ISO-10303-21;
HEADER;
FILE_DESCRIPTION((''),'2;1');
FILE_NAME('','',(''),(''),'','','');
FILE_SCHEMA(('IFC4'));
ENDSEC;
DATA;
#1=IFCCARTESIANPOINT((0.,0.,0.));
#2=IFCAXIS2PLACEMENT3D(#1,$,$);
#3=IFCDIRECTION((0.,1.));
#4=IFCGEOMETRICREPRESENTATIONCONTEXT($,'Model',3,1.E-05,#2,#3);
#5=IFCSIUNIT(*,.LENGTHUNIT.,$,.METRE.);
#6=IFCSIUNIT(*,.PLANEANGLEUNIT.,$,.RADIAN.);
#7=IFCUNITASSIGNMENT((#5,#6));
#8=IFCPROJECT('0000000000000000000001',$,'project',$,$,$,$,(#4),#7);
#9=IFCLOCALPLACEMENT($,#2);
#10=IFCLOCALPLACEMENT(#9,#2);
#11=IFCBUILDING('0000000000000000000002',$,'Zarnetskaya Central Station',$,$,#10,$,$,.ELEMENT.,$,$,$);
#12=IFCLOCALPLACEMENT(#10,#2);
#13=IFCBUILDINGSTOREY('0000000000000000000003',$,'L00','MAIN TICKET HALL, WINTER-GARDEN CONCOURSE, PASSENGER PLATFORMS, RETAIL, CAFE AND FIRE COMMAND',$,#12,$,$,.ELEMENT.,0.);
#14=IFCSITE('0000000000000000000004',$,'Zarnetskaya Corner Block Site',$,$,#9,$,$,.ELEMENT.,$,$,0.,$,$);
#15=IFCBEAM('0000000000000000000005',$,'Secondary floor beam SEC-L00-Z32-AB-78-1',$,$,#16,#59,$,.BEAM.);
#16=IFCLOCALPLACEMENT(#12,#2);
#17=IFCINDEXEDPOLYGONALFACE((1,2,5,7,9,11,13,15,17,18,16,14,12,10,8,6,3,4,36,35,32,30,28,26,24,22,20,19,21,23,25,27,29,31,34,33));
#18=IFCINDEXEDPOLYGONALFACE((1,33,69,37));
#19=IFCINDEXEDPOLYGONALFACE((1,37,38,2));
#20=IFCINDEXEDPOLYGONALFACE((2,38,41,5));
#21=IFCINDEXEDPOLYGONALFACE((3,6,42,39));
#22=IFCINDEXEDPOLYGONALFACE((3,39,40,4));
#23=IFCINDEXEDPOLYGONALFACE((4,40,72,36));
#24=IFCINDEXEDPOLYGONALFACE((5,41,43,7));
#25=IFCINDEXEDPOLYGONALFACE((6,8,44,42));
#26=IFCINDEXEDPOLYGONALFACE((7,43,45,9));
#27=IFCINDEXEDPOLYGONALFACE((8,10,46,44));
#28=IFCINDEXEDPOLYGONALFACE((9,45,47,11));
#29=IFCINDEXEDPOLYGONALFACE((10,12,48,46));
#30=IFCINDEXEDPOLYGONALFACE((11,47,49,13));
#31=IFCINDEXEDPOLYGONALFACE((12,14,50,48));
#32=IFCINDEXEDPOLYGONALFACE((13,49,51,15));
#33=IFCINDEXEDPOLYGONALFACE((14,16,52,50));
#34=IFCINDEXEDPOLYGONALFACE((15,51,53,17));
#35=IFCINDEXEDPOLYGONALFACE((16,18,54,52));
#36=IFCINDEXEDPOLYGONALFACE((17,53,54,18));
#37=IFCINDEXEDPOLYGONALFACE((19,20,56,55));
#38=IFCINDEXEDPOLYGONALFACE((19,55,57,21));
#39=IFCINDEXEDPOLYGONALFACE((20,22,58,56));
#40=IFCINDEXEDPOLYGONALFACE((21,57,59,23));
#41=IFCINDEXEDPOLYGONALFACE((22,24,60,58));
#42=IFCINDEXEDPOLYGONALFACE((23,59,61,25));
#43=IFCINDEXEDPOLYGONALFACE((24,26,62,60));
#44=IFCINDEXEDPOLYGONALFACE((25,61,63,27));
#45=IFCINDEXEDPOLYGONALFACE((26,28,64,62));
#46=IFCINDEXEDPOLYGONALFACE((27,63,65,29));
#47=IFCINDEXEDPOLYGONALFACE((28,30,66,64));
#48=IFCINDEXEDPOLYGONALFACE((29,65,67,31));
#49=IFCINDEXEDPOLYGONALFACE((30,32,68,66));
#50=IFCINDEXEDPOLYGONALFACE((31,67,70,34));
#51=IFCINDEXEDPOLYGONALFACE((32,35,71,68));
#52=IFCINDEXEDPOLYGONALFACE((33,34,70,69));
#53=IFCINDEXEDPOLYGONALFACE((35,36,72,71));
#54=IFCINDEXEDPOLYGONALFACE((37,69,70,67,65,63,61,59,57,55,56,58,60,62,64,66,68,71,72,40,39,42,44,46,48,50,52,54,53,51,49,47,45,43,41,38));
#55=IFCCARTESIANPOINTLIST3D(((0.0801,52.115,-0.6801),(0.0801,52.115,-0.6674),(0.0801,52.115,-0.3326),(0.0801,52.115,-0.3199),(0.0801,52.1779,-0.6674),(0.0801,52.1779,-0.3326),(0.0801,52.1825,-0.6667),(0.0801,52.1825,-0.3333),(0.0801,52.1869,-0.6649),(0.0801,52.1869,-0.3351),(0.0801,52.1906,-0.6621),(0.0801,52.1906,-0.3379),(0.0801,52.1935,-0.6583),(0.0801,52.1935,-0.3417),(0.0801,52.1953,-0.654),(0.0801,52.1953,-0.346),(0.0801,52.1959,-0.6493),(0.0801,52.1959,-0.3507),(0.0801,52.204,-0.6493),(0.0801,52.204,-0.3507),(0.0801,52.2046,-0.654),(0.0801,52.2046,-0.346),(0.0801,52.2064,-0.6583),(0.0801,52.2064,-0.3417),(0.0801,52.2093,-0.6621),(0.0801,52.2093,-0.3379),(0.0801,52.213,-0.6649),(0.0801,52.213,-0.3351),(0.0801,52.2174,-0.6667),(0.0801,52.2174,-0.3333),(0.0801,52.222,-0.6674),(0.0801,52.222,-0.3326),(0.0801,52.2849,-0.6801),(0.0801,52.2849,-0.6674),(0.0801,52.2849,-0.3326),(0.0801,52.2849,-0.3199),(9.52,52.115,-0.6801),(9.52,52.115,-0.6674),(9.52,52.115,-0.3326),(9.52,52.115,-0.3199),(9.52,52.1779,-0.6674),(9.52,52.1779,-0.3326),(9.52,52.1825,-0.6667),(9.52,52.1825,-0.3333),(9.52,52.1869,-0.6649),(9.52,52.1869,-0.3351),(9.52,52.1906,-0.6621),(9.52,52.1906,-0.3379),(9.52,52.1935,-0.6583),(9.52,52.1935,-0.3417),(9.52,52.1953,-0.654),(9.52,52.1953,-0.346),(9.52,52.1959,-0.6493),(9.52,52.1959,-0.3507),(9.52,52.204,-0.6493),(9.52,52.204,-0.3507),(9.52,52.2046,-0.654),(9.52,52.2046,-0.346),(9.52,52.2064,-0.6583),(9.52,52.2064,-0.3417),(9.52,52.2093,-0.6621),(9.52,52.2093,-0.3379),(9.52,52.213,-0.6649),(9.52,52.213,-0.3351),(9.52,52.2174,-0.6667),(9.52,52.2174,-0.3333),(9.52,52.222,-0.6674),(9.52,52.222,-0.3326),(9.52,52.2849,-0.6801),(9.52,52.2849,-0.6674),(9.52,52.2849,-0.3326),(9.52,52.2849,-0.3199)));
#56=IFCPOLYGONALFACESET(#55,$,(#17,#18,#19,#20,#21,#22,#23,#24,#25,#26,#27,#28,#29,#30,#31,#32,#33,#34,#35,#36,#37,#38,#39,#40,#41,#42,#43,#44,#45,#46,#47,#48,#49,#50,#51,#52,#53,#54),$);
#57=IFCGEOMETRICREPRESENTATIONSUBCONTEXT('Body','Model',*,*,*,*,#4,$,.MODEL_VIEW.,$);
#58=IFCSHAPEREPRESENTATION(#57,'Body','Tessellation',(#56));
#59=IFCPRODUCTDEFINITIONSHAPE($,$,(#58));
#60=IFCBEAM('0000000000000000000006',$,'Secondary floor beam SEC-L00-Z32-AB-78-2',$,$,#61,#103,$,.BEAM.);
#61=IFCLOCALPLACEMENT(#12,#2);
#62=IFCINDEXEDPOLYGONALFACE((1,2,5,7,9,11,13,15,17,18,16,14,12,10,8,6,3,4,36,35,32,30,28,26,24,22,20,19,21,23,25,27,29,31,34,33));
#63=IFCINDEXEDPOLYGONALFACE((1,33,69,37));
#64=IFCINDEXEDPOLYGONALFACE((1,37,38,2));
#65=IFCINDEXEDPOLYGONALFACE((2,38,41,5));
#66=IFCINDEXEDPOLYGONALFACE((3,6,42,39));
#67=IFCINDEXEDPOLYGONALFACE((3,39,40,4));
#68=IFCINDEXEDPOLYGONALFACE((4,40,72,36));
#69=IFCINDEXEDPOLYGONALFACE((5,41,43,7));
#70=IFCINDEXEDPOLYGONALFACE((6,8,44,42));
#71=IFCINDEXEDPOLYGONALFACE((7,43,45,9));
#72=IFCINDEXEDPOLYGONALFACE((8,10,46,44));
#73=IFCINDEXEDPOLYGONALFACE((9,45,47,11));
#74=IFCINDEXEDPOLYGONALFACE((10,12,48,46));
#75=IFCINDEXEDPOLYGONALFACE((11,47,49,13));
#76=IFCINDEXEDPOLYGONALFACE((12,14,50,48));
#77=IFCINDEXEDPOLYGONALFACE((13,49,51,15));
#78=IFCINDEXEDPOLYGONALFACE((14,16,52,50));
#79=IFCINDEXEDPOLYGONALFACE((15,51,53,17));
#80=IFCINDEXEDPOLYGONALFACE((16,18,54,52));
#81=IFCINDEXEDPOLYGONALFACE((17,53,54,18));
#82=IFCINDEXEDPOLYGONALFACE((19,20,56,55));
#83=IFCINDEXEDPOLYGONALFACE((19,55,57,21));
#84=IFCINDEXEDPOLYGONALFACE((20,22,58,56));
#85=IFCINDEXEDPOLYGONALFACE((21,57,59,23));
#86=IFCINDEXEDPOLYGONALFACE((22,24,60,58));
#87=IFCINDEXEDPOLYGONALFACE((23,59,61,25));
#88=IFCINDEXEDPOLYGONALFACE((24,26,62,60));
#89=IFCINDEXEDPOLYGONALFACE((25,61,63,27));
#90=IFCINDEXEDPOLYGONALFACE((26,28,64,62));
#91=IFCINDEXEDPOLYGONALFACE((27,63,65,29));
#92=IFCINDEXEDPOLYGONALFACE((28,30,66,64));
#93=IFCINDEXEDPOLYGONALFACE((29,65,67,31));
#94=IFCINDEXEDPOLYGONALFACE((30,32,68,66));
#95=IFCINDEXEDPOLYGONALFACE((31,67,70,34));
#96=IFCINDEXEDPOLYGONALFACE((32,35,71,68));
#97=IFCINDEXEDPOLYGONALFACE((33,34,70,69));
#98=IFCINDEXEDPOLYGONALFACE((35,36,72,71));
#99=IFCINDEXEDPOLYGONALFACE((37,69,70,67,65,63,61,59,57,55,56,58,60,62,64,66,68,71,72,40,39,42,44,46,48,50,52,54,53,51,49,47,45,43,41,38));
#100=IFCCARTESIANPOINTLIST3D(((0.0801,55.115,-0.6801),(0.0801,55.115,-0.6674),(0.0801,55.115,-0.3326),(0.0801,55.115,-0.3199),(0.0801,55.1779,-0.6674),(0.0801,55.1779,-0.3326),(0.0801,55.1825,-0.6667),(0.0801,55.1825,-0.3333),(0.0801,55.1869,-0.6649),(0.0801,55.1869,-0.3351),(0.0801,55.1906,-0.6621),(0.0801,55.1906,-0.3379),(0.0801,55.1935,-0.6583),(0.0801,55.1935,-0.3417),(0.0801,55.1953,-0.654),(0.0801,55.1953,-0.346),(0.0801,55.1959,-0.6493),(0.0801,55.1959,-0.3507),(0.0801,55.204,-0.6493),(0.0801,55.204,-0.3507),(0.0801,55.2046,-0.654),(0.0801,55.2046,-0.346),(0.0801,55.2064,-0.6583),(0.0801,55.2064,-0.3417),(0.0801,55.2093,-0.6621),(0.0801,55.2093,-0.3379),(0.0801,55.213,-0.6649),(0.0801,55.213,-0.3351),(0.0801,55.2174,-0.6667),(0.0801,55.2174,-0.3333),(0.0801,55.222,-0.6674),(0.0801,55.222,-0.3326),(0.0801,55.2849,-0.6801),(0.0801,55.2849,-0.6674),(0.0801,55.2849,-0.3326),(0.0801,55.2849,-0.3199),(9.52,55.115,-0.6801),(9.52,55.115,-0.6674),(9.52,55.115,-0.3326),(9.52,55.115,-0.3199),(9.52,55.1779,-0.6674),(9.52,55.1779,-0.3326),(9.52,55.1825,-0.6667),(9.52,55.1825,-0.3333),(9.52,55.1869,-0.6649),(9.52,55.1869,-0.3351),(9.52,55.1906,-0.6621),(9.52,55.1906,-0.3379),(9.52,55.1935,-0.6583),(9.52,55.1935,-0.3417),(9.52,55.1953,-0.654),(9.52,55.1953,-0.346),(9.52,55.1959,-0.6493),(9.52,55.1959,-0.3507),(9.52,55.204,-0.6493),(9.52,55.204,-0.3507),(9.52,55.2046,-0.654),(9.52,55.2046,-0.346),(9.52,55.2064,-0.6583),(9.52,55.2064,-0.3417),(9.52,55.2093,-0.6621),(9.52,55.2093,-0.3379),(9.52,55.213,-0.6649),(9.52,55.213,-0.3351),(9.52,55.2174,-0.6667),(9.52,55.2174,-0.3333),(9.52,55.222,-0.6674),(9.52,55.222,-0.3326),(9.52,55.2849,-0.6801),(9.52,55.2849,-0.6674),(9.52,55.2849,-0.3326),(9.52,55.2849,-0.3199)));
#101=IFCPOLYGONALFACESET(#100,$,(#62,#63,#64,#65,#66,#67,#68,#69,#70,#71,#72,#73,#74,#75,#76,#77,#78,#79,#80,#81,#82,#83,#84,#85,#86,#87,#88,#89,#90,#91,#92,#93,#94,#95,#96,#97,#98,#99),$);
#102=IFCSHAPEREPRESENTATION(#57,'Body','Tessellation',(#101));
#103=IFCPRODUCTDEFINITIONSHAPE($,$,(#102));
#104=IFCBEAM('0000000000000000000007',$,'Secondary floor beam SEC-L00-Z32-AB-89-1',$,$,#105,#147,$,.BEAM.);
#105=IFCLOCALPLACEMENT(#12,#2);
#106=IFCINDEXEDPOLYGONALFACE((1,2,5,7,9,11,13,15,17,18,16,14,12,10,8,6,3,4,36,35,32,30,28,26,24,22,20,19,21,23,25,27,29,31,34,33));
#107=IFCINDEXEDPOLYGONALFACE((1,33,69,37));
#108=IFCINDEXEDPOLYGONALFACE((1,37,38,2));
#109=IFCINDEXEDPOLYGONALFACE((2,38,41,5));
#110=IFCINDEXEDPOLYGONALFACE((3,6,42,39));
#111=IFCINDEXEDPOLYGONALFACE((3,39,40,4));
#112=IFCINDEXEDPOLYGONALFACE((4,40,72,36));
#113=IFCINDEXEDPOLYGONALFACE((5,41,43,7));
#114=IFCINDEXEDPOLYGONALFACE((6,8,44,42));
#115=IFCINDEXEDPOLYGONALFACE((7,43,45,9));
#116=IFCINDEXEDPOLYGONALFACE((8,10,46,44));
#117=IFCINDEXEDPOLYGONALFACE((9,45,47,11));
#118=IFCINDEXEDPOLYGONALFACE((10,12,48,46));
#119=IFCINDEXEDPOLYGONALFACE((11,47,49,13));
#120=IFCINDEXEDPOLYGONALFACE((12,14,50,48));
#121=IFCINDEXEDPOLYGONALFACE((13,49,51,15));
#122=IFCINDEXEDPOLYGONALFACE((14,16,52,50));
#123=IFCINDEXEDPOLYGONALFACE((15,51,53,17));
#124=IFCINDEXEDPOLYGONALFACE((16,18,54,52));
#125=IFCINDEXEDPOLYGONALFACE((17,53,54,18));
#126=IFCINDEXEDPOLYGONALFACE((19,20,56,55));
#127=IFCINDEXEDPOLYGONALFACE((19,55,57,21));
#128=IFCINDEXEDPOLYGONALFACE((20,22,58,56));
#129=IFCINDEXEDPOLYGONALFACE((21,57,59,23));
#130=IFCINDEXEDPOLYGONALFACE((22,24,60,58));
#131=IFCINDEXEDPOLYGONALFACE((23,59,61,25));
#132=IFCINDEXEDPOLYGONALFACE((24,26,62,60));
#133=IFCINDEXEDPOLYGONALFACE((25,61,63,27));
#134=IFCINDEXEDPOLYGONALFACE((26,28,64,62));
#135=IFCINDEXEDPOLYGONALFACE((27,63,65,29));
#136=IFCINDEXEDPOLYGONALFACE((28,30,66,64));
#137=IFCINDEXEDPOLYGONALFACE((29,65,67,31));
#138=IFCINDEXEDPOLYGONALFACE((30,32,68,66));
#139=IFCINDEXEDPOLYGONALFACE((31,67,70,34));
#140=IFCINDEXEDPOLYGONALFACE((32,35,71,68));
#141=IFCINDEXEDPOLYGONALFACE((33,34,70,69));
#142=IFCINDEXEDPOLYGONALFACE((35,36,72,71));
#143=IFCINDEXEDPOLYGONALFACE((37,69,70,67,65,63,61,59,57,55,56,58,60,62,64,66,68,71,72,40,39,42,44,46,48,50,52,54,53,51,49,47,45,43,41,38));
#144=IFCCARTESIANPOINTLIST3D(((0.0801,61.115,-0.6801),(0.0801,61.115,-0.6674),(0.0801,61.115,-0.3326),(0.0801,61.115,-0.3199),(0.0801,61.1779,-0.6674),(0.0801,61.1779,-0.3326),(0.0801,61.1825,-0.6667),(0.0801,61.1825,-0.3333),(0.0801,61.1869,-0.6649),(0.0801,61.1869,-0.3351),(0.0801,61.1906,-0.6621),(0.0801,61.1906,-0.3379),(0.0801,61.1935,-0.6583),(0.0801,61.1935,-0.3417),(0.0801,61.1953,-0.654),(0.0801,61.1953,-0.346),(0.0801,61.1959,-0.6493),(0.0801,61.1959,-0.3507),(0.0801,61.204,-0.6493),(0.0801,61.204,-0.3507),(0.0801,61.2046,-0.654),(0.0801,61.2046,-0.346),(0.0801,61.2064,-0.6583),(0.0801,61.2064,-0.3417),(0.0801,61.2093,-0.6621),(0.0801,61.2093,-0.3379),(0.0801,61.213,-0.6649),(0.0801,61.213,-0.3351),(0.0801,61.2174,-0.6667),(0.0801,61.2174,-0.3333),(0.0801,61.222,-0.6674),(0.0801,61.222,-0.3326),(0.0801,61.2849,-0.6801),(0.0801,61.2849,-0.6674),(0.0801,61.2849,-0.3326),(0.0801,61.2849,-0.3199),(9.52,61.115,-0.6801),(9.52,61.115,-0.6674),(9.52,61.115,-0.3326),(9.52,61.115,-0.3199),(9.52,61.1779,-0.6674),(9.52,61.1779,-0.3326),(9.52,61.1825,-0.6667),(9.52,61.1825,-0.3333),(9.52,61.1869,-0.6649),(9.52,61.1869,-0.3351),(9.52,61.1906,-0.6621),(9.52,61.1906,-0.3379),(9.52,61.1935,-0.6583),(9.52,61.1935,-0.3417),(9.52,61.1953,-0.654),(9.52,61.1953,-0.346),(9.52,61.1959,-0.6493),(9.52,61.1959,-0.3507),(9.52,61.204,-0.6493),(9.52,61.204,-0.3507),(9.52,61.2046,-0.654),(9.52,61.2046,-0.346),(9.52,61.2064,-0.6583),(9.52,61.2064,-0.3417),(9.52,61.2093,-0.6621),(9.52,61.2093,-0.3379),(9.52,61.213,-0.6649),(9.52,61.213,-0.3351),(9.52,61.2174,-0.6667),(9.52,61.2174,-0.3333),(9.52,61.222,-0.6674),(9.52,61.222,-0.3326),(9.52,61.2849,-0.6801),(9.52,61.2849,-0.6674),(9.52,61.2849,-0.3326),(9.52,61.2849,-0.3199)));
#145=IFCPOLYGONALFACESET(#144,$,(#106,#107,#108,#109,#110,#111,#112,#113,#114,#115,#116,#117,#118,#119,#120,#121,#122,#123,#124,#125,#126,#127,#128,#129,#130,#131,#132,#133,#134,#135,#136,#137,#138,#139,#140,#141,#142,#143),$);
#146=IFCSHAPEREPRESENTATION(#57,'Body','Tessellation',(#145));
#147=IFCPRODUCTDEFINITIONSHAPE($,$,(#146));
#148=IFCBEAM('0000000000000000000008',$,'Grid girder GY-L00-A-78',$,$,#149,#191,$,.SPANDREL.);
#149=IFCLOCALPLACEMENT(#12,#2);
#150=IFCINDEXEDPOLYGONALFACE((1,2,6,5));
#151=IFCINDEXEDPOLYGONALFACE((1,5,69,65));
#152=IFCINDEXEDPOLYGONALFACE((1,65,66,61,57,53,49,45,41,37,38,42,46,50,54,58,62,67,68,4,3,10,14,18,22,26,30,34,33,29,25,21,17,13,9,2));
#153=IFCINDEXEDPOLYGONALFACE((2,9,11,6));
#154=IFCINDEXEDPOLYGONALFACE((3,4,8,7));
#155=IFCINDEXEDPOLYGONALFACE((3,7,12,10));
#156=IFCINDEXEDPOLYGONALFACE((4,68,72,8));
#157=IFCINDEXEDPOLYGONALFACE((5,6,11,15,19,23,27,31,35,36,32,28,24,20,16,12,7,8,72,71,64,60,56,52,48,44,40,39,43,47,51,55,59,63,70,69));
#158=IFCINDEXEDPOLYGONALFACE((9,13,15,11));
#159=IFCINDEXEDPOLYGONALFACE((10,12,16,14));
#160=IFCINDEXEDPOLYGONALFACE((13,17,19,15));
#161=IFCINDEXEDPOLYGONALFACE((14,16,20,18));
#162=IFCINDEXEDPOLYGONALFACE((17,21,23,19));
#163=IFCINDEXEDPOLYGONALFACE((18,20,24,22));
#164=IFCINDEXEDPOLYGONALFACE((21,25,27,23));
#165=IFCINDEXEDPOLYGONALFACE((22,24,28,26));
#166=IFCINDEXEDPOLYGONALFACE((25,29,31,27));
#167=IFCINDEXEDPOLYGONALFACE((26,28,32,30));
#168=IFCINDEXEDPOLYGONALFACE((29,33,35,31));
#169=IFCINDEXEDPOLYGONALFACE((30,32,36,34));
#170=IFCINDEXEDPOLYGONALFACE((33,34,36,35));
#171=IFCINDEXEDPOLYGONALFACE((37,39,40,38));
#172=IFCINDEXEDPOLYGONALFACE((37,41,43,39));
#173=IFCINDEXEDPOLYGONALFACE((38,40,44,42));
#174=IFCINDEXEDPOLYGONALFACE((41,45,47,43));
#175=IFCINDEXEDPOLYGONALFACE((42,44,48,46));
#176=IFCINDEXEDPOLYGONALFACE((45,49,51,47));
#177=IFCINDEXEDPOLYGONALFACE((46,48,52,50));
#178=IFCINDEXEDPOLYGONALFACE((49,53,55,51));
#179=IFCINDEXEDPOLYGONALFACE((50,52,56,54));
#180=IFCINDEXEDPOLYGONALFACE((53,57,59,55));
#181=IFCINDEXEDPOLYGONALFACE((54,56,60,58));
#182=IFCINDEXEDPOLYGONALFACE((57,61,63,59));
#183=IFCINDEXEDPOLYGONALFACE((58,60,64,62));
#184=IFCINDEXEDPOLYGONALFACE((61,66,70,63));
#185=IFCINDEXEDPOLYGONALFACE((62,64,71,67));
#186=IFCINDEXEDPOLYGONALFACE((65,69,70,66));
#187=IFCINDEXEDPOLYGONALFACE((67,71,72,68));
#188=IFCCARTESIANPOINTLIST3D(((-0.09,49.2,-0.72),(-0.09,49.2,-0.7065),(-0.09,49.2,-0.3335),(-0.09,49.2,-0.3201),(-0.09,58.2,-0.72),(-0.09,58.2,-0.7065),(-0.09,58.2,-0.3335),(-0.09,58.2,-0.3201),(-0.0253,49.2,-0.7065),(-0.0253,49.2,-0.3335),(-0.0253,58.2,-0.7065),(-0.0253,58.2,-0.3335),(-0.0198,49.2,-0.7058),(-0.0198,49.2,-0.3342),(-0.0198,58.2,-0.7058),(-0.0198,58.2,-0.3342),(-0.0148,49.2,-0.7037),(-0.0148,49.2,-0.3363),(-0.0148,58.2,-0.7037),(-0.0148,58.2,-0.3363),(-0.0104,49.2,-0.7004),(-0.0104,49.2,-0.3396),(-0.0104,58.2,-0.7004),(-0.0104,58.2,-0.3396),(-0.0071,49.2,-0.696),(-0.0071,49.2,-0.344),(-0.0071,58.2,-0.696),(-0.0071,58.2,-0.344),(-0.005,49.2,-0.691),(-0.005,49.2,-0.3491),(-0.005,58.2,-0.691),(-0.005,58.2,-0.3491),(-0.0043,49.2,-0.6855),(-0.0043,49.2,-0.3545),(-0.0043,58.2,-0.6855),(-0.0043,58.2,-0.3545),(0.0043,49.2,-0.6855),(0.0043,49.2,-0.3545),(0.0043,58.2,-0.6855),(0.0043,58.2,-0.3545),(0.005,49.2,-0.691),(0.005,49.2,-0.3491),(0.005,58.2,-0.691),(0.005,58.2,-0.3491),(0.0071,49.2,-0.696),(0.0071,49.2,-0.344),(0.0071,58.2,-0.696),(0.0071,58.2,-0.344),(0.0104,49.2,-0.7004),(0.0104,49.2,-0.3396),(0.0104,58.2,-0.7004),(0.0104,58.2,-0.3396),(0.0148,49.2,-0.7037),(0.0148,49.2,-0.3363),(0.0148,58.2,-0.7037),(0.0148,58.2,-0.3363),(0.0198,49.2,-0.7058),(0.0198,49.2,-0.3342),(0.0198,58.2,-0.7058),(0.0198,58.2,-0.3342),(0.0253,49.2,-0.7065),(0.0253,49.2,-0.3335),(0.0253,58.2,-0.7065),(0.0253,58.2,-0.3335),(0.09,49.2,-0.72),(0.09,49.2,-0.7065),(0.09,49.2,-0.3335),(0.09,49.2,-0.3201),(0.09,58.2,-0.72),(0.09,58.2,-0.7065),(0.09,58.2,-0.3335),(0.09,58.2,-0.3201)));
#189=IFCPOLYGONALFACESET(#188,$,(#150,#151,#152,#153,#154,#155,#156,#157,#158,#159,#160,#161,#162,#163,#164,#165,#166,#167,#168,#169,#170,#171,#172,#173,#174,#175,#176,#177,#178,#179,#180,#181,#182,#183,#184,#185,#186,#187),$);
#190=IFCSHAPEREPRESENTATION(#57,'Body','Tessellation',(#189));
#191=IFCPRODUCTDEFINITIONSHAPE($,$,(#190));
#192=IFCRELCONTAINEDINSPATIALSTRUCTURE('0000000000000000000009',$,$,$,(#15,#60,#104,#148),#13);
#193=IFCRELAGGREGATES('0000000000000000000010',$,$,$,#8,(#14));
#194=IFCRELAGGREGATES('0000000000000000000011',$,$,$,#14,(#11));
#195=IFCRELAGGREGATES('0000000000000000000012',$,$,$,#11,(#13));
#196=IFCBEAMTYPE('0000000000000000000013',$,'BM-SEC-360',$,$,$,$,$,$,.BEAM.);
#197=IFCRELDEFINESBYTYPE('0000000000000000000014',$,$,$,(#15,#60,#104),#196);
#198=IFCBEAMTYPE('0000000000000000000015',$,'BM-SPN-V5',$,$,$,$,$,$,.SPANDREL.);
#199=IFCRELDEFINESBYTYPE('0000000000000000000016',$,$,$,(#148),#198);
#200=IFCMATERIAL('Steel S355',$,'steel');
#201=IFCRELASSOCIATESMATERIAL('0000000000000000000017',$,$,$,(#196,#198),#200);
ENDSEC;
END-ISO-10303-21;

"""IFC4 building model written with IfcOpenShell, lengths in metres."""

from ifc_helpers import new_model, si_unit, direction, frame, origin, origin_2d, place, context, subcontext, project, spatial, i_section, extrude, material, material_profile, profile_set, type_object, element, save


model = new_model("IFC4")

# Units and contexts
model_context = context("Model", 3, precision=1e-05, world=origin(), true_north=direction((0.0, 1.0)))
body_context = subcontext(model_context, "Body", "Model", "MODEL_VIEW")
ifc_project = project(units=[si_unit("LENGTHUNIT", "METRE"), si_unit("PLANEANGLEUNIT", "RADIAN")], contexts=[model_context])

# Site, building, storey
site_placement = place(None, origin())
site = spatial("IfcSite", under=ifc_project, at=site_placement, Name="Zarnetskaya Corner Block Site", CompositionType="ELEMENT", RefElevation=0.0)
building_placement = place(site_placement, origin())
building = spatial("IfcBuilding", under=site, at=building_placement, Name="Zarnetskaya Central Station", CompositionType="ELEMENT")
storey_placement = place(building_placement, origin())
storey = spatial("IfcBuildingStorey", under=building, at=storey_placement, Name="L00", Description="MAIN TICKET HALL, WINTER-GARDEN CONCOURSE, PASSENGER PLATFORMS, RETAIL, CAFE AND FIRE COMMAND", CompositionType="ELEMENT", Elevation=0.0)

# Shared definitions
ifc_material_1 = material(Name="Steel S355", Category="steel")

# Beams
ifc_material_profile_1 = material_profile(ifc_material_1, i_section(OverallWidth=0.1699, OverallDepth=0.3601, WebThickness=0.0081, FlangeThickness=0.0127, FilletRadius=0.0181, at=origin_2d()), Name="IPE 360")
ifc_profile_set_1 = profile_set([ifc_material_profile_1], Name="Steel S355")
beam_type_1 = type_object("IfcBeamType", Name="BM-SEC-360", PredefinedType="BEAM", material=ifc_profile_set_1)
for number, where, z_axis, x_axis, name in (
    (1, (0.0801, 52.2, -0.5), (1.0, 0.0, 0.0), (0.0, 1.0, 0.0), "Secondary floor beam SEC-L00-Z32-AB-78-1"),
    (2, (0.0801, 55.2, -0.5), (1.0, 0.0, 0.0), (0.0, 1.0, 0.0), "Secondary floor beam SEC-L00-Z32-AB-78-2"),
    (3, (0.0801, 61.2, -0.5), (1.0, 0.0, 0.0), (0.0, 1.0, 0.0), "Secondary floor beam SEC-L00-Z32-AB-89-1"),
):
    element("IfcBeam", number, at=place(storey_placement, frame(where, z_axis=z_axis, x_axis=x_axis)), inside=storey, type_object=beam_type_1, Name=name, PredefinedType="BEAM", context=body_context, shape_type="SweptSolid", body=[
        extrude(i_section(OverallWidth=0.1699, OverallDepth=0.3601, WebThickness=0.0081, FlangeThickness=0.0127, FilletRadius=0.0181, at=origin_2d()), origin(), (0.0, 0.0, 1.0), 9.4399),
    ])
ifc_material_profile_2 = material_profile(ifc_material_1, i_section(OverallWidth=0.1799, OverallDepth=0.3999, WebThickness=0.0085, FlangeThickness=0.0134, FilletRadius=0.021, at=origin_2d()), Name="IPE 400")
ifc_profile_set_2 = profile_set([ifc_material_profile_2], Name="Steel S355")
beam_type_2 = type_object("IfcBeamType", Name="BM-SPN-V5", PredefinedType="SPANDREL", material=ifc_profile_set_2)
for number, where, z_axis, x_axis, name in (
    (4, (0.0, 49.2, -0.52), (0.0, 1.0, 0.0), (-1.0, 0.0, 0.0), "Grid girder GY-L00-A-78"),
):
    element("IfcBeam", number, at=place(storey_placement, frame(where, z_axis=z_axis, x_axis=x_axis)), inside=storey, type_object=beam_type_2, Name=name, PredefinedType="SPANDREL", context=body_context, shape_type="SweptSolid", body=[
        extrude(i_section(OverallWidth=0.1799, OverallDepth=0.3999, WebThickness=0.0085, FlangeThickness=0.0134, FilletRadius=0.021, at=origin_2d()), origin(), (0.0, 0.0, 1.0), 9.0),
    ])

save(model, "model.ifc")
